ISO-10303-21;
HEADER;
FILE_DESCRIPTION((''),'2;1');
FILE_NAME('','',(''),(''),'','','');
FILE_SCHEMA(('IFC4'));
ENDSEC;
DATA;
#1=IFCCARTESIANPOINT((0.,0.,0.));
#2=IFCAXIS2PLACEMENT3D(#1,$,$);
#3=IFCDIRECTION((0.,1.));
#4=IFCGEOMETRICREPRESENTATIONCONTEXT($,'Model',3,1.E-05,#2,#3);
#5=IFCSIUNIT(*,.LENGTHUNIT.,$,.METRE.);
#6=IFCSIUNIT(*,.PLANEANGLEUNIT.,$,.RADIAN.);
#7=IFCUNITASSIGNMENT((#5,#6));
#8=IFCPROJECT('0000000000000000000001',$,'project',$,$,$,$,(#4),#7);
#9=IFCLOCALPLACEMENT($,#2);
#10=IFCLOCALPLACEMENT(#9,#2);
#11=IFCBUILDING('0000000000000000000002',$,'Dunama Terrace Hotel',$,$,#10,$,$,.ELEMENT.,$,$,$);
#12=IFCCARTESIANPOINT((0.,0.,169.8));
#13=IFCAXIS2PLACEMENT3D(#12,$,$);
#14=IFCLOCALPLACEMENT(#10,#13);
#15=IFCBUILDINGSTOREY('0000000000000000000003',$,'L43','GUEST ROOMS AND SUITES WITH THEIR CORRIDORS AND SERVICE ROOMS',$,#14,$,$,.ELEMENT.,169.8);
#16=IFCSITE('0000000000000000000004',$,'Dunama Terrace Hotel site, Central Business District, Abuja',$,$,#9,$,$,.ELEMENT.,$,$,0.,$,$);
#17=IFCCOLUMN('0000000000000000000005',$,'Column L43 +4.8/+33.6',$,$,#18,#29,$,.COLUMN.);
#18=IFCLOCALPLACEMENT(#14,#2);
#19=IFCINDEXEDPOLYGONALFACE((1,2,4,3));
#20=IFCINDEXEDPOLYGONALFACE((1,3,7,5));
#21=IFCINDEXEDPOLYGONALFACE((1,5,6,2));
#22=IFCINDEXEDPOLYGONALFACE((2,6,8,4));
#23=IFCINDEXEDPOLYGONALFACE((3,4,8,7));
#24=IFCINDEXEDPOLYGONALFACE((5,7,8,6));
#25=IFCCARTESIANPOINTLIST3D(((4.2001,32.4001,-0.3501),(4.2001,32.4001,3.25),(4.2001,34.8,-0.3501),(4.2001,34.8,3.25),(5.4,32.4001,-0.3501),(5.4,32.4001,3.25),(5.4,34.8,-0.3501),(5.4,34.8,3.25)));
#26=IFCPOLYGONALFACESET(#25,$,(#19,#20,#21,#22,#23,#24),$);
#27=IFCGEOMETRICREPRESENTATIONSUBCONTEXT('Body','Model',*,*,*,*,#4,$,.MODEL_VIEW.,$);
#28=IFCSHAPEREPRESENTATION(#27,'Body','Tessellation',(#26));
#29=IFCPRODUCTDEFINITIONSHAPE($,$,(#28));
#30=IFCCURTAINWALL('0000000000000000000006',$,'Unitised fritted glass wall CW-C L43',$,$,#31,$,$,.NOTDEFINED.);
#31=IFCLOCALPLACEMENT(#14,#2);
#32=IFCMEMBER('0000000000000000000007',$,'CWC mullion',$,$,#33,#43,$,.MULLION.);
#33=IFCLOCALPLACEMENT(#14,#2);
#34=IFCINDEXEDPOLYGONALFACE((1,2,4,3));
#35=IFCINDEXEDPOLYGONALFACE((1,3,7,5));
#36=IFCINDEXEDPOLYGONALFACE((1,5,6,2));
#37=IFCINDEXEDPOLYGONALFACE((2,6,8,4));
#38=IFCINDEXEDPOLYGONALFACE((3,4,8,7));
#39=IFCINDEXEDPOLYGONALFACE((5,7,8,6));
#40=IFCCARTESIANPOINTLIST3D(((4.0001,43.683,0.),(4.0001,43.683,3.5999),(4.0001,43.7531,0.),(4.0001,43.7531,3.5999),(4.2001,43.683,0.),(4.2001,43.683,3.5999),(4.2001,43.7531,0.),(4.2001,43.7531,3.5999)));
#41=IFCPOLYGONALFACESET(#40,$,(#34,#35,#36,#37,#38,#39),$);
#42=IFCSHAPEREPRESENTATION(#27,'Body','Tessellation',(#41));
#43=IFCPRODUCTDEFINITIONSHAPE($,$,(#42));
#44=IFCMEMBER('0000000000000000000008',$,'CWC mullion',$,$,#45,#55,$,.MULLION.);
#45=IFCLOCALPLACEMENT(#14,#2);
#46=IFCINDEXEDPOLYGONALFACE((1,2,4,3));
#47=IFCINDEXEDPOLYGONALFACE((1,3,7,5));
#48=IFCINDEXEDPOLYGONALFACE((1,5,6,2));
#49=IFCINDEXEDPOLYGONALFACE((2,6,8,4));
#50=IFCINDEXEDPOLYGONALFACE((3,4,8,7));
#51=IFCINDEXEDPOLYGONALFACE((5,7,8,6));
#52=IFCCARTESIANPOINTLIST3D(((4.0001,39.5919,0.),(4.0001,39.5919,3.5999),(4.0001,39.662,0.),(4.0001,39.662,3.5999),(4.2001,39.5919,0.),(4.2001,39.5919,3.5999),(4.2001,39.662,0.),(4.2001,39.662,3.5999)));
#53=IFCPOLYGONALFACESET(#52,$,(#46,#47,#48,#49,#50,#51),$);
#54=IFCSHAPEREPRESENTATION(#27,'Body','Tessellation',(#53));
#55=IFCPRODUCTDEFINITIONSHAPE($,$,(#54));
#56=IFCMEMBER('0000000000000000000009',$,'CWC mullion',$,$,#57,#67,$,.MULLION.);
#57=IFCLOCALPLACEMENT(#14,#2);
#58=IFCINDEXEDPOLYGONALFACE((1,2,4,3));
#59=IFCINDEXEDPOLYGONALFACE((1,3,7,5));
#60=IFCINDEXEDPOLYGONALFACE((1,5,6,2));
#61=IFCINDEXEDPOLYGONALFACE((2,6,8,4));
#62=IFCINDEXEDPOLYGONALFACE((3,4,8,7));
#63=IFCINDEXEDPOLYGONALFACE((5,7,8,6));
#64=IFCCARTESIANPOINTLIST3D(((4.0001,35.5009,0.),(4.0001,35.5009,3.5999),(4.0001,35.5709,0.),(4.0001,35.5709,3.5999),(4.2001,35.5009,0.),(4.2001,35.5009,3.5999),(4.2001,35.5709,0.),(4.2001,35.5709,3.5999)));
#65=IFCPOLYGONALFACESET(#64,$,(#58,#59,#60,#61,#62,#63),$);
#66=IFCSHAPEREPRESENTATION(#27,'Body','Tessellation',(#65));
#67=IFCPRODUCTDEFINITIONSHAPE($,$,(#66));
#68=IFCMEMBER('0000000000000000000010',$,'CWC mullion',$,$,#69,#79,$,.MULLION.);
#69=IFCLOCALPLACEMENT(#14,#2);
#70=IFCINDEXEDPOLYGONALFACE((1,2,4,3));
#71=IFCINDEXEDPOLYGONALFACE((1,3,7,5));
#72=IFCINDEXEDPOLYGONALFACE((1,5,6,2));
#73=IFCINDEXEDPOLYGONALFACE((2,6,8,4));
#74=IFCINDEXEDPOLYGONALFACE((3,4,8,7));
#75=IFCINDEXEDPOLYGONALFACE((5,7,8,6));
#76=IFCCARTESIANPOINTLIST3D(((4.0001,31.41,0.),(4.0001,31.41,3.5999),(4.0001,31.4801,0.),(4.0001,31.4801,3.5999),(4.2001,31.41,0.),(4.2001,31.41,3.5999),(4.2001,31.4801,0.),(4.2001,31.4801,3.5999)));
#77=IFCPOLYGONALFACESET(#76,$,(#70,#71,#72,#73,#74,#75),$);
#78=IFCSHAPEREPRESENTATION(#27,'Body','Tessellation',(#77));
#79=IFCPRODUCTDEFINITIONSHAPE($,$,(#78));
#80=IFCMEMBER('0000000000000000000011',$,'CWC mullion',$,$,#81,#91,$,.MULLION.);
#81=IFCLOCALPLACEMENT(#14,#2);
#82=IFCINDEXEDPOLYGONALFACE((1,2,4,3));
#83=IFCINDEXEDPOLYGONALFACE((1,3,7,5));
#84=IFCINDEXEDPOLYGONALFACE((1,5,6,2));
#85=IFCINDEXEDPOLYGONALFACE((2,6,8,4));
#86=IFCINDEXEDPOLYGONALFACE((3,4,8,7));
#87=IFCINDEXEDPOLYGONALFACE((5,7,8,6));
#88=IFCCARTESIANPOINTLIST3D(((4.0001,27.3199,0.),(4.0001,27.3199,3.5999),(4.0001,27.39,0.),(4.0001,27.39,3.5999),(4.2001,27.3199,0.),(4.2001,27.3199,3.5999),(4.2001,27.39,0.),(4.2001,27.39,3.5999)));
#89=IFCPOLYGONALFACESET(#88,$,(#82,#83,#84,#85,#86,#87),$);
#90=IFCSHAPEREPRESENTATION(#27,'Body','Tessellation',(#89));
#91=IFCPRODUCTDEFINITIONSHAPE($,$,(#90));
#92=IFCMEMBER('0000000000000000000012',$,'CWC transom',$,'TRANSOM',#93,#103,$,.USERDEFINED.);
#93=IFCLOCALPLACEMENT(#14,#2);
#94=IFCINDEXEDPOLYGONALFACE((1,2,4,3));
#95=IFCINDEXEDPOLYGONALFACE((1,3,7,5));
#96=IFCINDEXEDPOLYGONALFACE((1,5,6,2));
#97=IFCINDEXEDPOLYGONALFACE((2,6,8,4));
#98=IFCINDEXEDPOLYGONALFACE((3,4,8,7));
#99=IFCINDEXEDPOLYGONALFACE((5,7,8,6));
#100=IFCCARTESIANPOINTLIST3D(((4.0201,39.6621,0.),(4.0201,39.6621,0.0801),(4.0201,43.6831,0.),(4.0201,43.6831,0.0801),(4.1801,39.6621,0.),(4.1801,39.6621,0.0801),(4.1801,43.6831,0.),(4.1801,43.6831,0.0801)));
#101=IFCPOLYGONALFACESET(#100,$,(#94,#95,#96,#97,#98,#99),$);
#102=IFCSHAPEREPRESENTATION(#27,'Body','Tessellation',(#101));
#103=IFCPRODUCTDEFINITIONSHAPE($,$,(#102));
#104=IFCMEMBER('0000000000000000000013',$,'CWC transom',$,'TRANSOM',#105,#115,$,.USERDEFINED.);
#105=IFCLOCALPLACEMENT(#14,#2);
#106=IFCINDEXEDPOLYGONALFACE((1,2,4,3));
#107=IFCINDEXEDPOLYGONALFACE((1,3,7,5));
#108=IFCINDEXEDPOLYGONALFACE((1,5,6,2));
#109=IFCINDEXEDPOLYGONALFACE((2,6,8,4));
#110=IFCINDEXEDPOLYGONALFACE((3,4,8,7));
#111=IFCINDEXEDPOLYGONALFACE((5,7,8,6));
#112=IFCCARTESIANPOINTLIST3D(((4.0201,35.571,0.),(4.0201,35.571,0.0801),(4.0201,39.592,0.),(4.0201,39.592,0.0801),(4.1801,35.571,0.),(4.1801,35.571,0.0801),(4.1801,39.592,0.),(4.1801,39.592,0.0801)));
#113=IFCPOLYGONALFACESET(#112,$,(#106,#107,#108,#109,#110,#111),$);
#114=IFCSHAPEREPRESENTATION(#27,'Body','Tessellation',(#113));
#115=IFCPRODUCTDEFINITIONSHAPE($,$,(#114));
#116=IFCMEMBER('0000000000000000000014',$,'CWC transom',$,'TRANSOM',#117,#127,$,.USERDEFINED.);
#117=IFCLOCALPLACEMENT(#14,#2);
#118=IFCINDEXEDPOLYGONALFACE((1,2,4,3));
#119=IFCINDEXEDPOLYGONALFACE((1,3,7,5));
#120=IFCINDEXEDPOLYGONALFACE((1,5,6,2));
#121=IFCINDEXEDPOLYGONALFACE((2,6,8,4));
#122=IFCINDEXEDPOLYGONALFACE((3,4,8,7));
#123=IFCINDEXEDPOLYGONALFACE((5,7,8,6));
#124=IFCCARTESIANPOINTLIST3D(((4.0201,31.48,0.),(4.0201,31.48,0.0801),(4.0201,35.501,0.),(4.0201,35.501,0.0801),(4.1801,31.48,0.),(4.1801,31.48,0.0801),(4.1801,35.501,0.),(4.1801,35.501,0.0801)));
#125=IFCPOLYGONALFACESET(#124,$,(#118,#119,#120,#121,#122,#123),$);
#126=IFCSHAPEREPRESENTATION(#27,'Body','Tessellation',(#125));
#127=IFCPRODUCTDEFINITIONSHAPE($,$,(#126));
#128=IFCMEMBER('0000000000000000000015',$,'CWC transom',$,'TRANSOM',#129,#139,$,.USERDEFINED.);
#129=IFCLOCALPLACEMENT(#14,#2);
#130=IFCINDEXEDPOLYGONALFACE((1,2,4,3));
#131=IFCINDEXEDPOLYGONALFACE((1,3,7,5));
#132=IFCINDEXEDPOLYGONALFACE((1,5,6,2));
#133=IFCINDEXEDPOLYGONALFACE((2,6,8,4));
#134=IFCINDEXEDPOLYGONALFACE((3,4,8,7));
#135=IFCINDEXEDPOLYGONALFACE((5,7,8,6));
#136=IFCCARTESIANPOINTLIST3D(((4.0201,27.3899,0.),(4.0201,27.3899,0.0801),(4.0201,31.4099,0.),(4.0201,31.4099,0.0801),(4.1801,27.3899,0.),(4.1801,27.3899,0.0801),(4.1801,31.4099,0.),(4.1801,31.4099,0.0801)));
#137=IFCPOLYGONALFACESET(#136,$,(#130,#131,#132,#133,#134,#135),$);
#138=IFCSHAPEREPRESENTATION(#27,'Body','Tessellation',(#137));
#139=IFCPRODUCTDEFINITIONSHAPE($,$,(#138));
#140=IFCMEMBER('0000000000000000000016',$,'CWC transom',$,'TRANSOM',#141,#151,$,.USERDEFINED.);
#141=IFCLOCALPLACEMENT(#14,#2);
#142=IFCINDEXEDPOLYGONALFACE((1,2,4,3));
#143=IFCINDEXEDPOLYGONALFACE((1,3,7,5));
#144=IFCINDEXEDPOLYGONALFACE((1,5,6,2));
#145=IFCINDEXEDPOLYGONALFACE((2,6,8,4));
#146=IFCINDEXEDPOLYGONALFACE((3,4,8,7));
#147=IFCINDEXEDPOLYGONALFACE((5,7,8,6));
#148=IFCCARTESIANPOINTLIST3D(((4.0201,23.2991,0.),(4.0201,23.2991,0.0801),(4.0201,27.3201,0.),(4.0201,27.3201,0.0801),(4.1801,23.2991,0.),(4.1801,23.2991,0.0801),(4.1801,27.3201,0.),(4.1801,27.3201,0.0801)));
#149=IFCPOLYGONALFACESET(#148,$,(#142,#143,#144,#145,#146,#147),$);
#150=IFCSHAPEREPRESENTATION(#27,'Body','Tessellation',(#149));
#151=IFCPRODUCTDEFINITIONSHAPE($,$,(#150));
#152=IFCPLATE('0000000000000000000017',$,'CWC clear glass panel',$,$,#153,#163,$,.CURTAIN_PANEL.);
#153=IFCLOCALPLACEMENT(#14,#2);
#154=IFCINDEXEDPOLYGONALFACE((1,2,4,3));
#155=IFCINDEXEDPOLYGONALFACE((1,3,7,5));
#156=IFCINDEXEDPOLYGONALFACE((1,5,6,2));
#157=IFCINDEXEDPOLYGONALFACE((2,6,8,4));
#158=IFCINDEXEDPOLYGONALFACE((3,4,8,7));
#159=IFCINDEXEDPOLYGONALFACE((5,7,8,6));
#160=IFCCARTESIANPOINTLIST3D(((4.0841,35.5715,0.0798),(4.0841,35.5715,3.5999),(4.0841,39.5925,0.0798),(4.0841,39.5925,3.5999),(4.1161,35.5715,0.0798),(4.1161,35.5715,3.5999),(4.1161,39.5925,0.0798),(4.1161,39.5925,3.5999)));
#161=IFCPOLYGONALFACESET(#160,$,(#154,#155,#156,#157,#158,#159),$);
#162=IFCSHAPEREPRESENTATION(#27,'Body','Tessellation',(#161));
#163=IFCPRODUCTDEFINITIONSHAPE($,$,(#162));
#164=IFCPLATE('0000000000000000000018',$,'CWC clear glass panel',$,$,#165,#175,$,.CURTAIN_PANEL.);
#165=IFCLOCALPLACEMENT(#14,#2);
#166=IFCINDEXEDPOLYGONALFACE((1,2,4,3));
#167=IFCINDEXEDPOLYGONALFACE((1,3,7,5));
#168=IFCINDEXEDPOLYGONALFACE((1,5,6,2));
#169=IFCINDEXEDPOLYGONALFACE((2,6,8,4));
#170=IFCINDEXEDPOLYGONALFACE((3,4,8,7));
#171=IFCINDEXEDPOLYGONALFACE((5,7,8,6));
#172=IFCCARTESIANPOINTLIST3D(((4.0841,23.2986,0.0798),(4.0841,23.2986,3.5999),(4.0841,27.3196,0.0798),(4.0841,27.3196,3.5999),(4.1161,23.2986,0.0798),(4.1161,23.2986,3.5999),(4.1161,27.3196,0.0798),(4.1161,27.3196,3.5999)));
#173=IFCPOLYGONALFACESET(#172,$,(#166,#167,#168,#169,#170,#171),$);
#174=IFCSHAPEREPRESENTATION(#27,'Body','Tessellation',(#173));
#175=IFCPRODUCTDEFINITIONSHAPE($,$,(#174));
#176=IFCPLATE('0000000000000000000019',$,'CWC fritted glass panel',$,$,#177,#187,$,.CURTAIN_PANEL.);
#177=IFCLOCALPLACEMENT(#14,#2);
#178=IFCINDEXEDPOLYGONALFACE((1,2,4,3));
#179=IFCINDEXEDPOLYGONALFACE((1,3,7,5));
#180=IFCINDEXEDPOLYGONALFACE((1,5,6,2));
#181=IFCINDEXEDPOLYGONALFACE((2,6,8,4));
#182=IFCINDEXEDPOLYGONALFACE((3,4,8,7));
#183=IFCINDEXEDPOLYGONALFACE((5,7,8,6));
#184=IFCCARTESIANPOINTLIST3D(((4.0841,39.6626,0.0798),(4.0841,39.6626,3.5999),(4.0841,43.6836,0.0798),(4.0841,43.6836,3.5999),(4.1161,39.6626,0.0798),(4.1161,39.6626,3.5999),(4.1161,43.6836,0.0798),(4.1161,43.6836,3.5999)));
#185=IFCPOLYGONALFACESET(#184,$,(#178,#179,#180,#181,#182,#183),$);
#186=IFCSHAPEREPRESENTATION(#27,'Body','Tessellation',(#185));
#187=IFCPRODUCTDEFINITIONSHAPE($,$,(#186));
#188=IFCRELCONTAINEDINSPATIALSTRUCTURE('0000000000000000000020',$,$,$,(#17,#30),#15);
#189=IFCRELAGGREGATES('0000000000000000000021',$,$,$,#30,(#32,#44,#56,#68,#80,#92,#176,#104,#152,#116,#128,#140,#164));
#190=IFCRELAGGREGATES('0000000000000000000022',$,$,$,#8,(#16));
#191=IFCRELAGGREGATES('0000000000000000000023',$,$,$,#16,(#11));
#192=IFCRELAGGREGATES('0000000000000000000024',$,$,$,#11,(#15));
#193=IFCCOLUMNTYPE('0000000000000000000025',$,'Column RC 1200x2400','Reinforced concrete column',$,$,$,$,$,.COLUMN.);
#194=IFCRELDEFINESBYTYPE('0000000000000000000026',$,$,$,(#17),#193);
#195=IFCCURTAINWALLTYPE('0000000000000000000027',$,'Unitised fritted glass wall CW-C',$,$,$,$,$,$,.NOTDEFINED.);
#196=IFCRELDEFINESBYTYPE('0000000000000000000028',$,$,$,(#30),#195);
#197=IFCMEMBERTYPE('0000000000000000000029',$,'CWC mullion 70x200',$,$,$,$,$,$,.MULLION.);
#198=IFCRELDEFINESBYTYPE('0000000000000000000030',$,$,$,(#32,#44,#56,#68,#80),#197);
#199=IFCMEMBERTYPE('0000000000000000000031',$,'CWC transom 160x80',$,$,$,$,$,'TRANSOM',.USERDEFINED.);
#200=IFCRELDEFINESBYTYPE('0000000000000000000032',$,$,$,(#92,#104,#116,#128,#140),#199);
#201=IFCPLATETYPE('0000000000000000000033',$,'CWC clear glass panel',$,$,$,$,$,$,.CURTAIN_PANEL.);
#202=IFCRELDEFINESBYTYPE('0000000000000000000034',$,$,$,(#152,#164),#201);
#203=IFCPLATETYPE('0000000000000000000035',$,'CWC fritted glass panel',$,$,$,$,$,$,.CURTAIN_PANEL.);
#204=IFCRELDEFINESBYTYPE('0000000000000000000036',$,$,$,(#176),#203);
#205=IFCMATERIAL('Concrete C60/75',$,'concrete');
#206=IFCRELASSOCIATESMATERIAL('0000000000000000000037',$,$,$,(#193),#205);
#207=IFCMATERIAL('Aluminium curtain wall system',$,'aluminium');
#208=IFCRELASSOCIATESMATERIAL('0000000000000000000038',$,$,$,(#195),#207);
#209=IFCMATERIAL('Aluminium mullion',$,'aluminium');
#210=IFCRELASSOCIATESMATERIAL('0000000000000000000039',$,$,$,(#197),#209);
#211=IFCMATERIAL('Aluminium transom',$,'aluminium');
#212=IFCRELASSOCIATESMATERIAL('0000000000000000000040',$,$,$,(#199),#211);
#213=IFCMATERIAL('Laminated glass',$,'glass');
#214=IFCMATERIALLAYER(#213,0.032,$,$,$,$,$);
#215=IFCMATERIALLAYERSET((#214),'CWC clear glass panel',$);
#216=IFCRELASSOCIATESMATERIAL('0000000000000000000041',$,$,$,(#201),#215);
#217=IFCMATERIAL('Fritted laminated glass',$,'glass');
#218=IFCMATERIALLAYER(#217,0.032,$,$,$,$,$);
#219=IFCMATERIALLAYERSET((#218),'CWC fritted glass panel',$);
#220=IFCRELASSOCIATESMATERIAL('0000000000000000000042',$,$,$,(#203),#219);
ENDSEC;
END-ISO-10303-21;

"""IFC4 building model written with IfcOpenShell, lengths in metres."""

from ifc_helpers import new_model, si_unit, direction, frame, origin, origin_2d, place, context, subcontext, project, spatial, rectangle, extrude, material, layer, layer_set, material_profile, profile_set, type_object, element, aggregate, save


model = new_model("IFC4")

# Units and contexts
model_context = context("Model", 3, precision=1e-05, world=origin(), true_north=direction((0.0, 1.0)))
body_context = subcontext(model_context, "Body", "Model", "MODEL_VIEW")
ifc_project = project(units=[si_unit("LENGTHUNIT", "METRE"), si_unit("PLANEANGLEUNIT", "RADIAN")], contexts=[model_context])

# Site, building, storey
site_placement = place(None, origin())
site = spatial("IfcSite", under=ifc_project, at=site_placement, Name="Dunama Terrace Hotel site, Central Business District, Abuja", CompositionType="ELEMENT", RefElevation=0.0)
building_placement = place(site_placement, origin())
building = spatial("IfcBuilding", under=site, at=building_placement, Name="Dunama Terrace Hotel", CompositionType="ELEMENT")
storey_placement = place(building_placement, frame((0.0, 0.0, 169.8)))
storey = spatial("IfcBuildingStorey", under=building, at=storey_placement, Name="L43", Description="GUEST ROOMS AND SUITES WITH THEIR CORRIDORS AND SERVICE ROOMS", CompositionType="ELEMENT", Elevation=169.8)

# Column
ifc_material_1 = material(Name="Concrete C60/75", Category="concrete")
ifc_material_profile_1 = material_profile(ifc_material_1, rectangle(XDim=1.2, YDim=2.3999, at=origin_2d()), Name="RC 1200x2400")
ifc_profile_set_1 = profile_set([ifc_material_profile_1], Name="Concrete C60/75")
column_type = type_object("IfcColumnType", Name="Column RC 1200x2400", Description="Reinforced concrete column", PredefinedType="COLUMN", material=ifc_profile_set_1)
column_placement = place(storey_placement, frame((4.8, 33.6001, -0.3501), z_axis=(0.0, 0.0, 1.0), x_axis=(1.0, 0.0, 0.0)))
element("IfcColumn", 1, at=column_placement, inside=storey, type_object=column_type, Name="Column L43 +4.8/+33.6", PredefinedType="COLUMN", context=body_context, shape_type="SweptSolid", body=[
    extrude(rectangle(XDim=1.2, YDim=2.3999, at=origin_2d()), origin(), (0.0, 0.0, 1.0), 3.6001),
])

# Curtain wall, members, plates
ifc_material_2 = material(Name="Aluminium curtain wall system", Category="aluminium")
curtain_wall_type = type_object("IfcCurtainWallType", Name="Unitised fritted glass wall CW-C", PredefinedType="NOTDEFINED", material=ifc_material_2)
curtain_wall_placement = place(storey_placement, origin())
curtain_wall = element("IfcCurtainWall", 2, at=curtain_wall_placement, inside=storey, type_object=curtain_wall_type, Name="Unitised fritted glass wall CW-C L43", PredefinedType="NOTDEFINED")
ifc_material_3 = material(Name="Aluminium mullion", Category="aluminium")
ifc_material_profile_2 = material_profile(ifc_material_3, rectangle(XDim=0.0701, YDim=0.2, at=origin_2d()), Name="CWC MULLION 70X200")
ifc_profile_set_2 = profile_set([ifc_material_profile_2], Name="Aluminium mullion")
member_type_1 = type_object("IfcMemberType", Name="CWC mullion 70x200", PredefinedType="MULLION", material=ifc_profile_set_2)
member_1_placement = place(storey_placement, frame((4.1001, 43.718, 0.0), z_axis=(0.0, 0.0, 1.0), x_axis=(0.0, -1.0, 0.0)))
member_1 = element("IfcMember", 3, at=member_1_placement, type_object=member_type_1, Name="CWC mullion", PredefinedType="MULLION", context=body_context, shape_type="SweptSolid", body=[
    extrude(rectangle(XDim=0.0701, YDim=0.2, at=origin_2d()), origin(), (0.0, 0.0, 1.0), 3.5999),
])
member_2_placement = place(storey_placement, frame((4.1001, 39.627, 0.0), z_axis=(0.0, 0.0, 1.0), x_axis=(0.0, -1.0, 0.0)))
member_2 = element("IfcMember", 4, at=member_2_placement, type_object=member_type_1, Name="CWC mullion", PredefinedType="MULLION", context=body_context, shape_type="SweptSolid", body=[
    extrude(rectangle(XDim=0.0701, YDim=0.2, at=origin_2d()), origin(), (0.0, 0.0, 1.0), 3.5999),
])
member_3_placement = place(storey_placement, frame((4.1001, 35.5359, 0.0), z_axis=(0.0, 0.0, 1.0), x_axis=(0.0, -1.0, 0.0)))
member_3 = element("IfcMember", 5, at=member_3_placement, type_object=member_type_1, Name="CWC mullion", PredefinedType="MULLION", context=body_context, shape_type="SweptSolid", body=[
    extrude(rectangle(XDim=0.0701, YDim=0.2, at=origin_2d()), origin(), (0.0, 0.0, 1.0), 3.5999),
])
member_4_placement = place(storey_placement, frame((4.1001, 31.4451, 0.0), z_axis=(0.0, 0.0, 1.0), x_axis=(0.0, -1.0, 0.0)))
member_4 = element("IfcMember", 6, at=member_4_placement, type_object=member_type_1, Name="CWC mullion", PredefinedType="MULLION", context=body_context, shape_type="SweptSolid", body=[
    extrude(rectangle(XDim=0.0701, YDim=0.2, at=origin_2d()), origin(), (0.0, 0.0, 1.0), 3.5999),
])
member_5_placement = place(storey_placement, frame((4.1001, 27.355, 0.0), z_axis=(0.0, 0.0, 1.0), x_axis=(0.0, -1.0, 0.0)))
member_5 = element("IfcMember", 7, at=member_5_placement, type_object=member_type_1, Name="CWC mullion", PredefinedType="MULLION", context=body_context, shape_type="SweptSolid", body=[
    extrude(rectangle(XDim=0.0701, YDim=0.2, at=origin_2d()), origin(), (0.0, 0.0, 1.0), 3.5999),
])
ifc_material_4 = material(Name="Aluminium transom", Category="aluminium")
ifc_material_profile_3 = material_profile(ifc_material_4, rectangle(XDim=0.1599, YDim=0.0801, at=origin_2d()), Name="CWC TRANSOM 160X80")
ifc_profile_set_3 = profile_set([ifc_material_profile_3], Name="Aluminium transom")
member_type_2 = type_object("IfcMemberType", Name="CWC transom 160x80", ElementType="TRANSOM", PredefinedType="USERDEFINED", material=ifc_profile_set_3)
member_6_placement = place(storey_placement, frame((4.1001, 43.6831, 0.04), z_axis=(0.0, -1.0, 0.0), x_axis=(1.0, 0.0, 0.0)))
member_6 = element("IfcMember", 8, at=member_6_placement, type_object=member_type_2, Name="CWC transom", ObjectType="TRANSOM", PredefinedType="USERDEFINED", context=body_context, shape_type="SweptSolid", body=[
    extrude(rectangle(XDim=0.1599, YDim=0.0801, at=origin_2d()), origin(), (0.0, 0.0, 1.0), 4.021),
])
member_7_placement = place(storey_placement, frame((4.1001, 39.592, 0.04), z_axis=(0.0, -1.0, 0.0), x_axis=(1.0, 0.0, 0.0)))
member_7 = element("IfcMember", 9, at=member_7_placement, type_object=member_type_2, Name="CWC transom", ObjectType="TRANSOM", PredefinedType="USERDEFINED", context=body_context, shape_type="SweptSolid", body=[
    extrude(rectangle(XDim=0.1599, YDim=0.0801, at=origin_2d()), origin(), (0.0, 0.0, 1.0), 4.021),
])
member_8_placement = place(storey_placement, frame((4.1001, 35.501, 0.04), z_axis=(0.0, -1.0, 0.0), x_axis=(1.0, 0.0, 0.0)))
member_8 = element("IfcMember", 10, at=member_8_placement, type_object=member_type_2, Name="CWC transom", ObjectType="TRANSOM", PredefinedType="USERDEFINED", context=body_context, shape_type="SweptSolid", body=[
    extrude(rectangle(XDim=0.1599, YDim=0.0801, at=origin_2d()), origin(), (0.0, 0.0, 1.0), 4.021),
])
member_9_placement = place(storey_placement, frame((4.1001, 31.4099, 0.04), z_axis=(0.0, -1.0, 0.0), x_axis=(1.0, 0.0, 0.0)))
member_9 = element("IfcMember", 11, at=member_9_placement, type_object=member_type_2, Name="CWC transom", ObjectType="TRANSOM", PredefinedType="USERDEFINED", context=body_context, shape_type="SweptSolid", body=[
    extrude(rectangle(XDim=0.1599, YDim=0.0801, at=origin_2d()), origin(), (0.0, 0.0, 1.0), 4.02),
])
member_10_placement = place(storey_placement, frame((4.1001, 27.3201, 0.04), z_axis=(0.0, -1.0, 0.0), x_axis=(1.0, 0.0, 0.0)))
member_10 = element("IfcMember", 12, at=member_10_placement, type_object=member_type_2, Name="CWC transom", ObjectType="TRANSOM", PredefinedType="USERDEFINED", context=body_context, shape_type="SweptSolid", body=[
    extrude(rectangle(XDim=0.1599, YDim=0.0801, at=origin_2d()), origin(), (0.0, 0.0, 1.0), 4.021),
])
ifc_material_5 = material(Name="Laminated glass", Category="glass")
ifc_layer_1 = layer(ifc_material_5, 0.032)
ifc_layer_set_1 = layer_set([ifc_layer_1], Name="CWC clear glass panel")
plate_type_1 = type_object("IfcPlateType", Name="CWC clear glass panel", PredefinedType="CURTAIN_PANEL", material=ifc_layer_set_1)
plate_1_placement = place(storey_placement, frame((4.1001, 37.582, 0.0798), z_axis=(0.0, 0.0, 1.0), x_axis=(0.0, -1.0, 0.0)))
plate_1 = element("IfcPlate", 13, at=plate_1_placement, type_object=plate_type_1, Name="CWC clear glass panel", PredefinedType="CURTAIN_PANEL", context=body_context, shape_type="SweptSolid", body=[
    extrude(rectangle(XDim=4.021, YDim=0.032, at=origin_2d()), origin(), (0.0, 0.0, 1.0), 3.52),
])
plate_2_placement = place(storey_placement, frame((4.1001, 25.3091, 0.0798), z_axis=(0.0, 0.0, 1.0), x_axis=(0.0, -1.0, 0.0)))
plate_2 = element("IfcPlate", 14, at=plate_2_placement, type_object=plate_type_1, Name="CWC clear glass panel", PredefinedType="CURTAIN_PANEL", context=body_context, shape_type="SweptSolid", body=[
    extrude(rectangle(XDim=4.021, YDim=0.032, at=origin_2d()), origin(), (0.0, 0.0, 1.0), 3.52),
])
ifc_material_6 = material(Name="Fritted laminated glass", Category="glass")
ifc_layer_2 = layer(ifc_material_6, 0.032)
ifc_layer_set_2 = layer_set([ifc_layer_2], Name="CWC fritted glass panel")
plate_type_2 = type_object("IfcPlateType", Name="CWC fritted glass panel", PredefinedType="CURTAIN_PANEL", material=ifc_layer_set_2)
plate_3_placement = place(storey_placement, frame((4.1001, 41.6731, 0.0798), z_axis=(0.0, 0.0, 1.0), x_axis=(0.0, -1.0, 0.0)))
plate_3 = element("IfcPlate", 15, at=plate_3_placement, type_object=plate_type_2, Name="CWC fritted glass panel", PredefinedType="CURTAIN_PANEL", context=body_context, shape_type="SweptSolid", body=[
    extrude(rectangle(XDim=4.021, YDim=0.032, at=origin_2d()), origin(), (0.0, 0.0, 1.0), 3.52),
])
aggregate(curtain_wall, [member_1, member_2, member_3, member_4, member_5, member_6, plate_3, member_7, plate_1, member_8, member_9, member_10, plate_2])

save(model, "model.ifc")
